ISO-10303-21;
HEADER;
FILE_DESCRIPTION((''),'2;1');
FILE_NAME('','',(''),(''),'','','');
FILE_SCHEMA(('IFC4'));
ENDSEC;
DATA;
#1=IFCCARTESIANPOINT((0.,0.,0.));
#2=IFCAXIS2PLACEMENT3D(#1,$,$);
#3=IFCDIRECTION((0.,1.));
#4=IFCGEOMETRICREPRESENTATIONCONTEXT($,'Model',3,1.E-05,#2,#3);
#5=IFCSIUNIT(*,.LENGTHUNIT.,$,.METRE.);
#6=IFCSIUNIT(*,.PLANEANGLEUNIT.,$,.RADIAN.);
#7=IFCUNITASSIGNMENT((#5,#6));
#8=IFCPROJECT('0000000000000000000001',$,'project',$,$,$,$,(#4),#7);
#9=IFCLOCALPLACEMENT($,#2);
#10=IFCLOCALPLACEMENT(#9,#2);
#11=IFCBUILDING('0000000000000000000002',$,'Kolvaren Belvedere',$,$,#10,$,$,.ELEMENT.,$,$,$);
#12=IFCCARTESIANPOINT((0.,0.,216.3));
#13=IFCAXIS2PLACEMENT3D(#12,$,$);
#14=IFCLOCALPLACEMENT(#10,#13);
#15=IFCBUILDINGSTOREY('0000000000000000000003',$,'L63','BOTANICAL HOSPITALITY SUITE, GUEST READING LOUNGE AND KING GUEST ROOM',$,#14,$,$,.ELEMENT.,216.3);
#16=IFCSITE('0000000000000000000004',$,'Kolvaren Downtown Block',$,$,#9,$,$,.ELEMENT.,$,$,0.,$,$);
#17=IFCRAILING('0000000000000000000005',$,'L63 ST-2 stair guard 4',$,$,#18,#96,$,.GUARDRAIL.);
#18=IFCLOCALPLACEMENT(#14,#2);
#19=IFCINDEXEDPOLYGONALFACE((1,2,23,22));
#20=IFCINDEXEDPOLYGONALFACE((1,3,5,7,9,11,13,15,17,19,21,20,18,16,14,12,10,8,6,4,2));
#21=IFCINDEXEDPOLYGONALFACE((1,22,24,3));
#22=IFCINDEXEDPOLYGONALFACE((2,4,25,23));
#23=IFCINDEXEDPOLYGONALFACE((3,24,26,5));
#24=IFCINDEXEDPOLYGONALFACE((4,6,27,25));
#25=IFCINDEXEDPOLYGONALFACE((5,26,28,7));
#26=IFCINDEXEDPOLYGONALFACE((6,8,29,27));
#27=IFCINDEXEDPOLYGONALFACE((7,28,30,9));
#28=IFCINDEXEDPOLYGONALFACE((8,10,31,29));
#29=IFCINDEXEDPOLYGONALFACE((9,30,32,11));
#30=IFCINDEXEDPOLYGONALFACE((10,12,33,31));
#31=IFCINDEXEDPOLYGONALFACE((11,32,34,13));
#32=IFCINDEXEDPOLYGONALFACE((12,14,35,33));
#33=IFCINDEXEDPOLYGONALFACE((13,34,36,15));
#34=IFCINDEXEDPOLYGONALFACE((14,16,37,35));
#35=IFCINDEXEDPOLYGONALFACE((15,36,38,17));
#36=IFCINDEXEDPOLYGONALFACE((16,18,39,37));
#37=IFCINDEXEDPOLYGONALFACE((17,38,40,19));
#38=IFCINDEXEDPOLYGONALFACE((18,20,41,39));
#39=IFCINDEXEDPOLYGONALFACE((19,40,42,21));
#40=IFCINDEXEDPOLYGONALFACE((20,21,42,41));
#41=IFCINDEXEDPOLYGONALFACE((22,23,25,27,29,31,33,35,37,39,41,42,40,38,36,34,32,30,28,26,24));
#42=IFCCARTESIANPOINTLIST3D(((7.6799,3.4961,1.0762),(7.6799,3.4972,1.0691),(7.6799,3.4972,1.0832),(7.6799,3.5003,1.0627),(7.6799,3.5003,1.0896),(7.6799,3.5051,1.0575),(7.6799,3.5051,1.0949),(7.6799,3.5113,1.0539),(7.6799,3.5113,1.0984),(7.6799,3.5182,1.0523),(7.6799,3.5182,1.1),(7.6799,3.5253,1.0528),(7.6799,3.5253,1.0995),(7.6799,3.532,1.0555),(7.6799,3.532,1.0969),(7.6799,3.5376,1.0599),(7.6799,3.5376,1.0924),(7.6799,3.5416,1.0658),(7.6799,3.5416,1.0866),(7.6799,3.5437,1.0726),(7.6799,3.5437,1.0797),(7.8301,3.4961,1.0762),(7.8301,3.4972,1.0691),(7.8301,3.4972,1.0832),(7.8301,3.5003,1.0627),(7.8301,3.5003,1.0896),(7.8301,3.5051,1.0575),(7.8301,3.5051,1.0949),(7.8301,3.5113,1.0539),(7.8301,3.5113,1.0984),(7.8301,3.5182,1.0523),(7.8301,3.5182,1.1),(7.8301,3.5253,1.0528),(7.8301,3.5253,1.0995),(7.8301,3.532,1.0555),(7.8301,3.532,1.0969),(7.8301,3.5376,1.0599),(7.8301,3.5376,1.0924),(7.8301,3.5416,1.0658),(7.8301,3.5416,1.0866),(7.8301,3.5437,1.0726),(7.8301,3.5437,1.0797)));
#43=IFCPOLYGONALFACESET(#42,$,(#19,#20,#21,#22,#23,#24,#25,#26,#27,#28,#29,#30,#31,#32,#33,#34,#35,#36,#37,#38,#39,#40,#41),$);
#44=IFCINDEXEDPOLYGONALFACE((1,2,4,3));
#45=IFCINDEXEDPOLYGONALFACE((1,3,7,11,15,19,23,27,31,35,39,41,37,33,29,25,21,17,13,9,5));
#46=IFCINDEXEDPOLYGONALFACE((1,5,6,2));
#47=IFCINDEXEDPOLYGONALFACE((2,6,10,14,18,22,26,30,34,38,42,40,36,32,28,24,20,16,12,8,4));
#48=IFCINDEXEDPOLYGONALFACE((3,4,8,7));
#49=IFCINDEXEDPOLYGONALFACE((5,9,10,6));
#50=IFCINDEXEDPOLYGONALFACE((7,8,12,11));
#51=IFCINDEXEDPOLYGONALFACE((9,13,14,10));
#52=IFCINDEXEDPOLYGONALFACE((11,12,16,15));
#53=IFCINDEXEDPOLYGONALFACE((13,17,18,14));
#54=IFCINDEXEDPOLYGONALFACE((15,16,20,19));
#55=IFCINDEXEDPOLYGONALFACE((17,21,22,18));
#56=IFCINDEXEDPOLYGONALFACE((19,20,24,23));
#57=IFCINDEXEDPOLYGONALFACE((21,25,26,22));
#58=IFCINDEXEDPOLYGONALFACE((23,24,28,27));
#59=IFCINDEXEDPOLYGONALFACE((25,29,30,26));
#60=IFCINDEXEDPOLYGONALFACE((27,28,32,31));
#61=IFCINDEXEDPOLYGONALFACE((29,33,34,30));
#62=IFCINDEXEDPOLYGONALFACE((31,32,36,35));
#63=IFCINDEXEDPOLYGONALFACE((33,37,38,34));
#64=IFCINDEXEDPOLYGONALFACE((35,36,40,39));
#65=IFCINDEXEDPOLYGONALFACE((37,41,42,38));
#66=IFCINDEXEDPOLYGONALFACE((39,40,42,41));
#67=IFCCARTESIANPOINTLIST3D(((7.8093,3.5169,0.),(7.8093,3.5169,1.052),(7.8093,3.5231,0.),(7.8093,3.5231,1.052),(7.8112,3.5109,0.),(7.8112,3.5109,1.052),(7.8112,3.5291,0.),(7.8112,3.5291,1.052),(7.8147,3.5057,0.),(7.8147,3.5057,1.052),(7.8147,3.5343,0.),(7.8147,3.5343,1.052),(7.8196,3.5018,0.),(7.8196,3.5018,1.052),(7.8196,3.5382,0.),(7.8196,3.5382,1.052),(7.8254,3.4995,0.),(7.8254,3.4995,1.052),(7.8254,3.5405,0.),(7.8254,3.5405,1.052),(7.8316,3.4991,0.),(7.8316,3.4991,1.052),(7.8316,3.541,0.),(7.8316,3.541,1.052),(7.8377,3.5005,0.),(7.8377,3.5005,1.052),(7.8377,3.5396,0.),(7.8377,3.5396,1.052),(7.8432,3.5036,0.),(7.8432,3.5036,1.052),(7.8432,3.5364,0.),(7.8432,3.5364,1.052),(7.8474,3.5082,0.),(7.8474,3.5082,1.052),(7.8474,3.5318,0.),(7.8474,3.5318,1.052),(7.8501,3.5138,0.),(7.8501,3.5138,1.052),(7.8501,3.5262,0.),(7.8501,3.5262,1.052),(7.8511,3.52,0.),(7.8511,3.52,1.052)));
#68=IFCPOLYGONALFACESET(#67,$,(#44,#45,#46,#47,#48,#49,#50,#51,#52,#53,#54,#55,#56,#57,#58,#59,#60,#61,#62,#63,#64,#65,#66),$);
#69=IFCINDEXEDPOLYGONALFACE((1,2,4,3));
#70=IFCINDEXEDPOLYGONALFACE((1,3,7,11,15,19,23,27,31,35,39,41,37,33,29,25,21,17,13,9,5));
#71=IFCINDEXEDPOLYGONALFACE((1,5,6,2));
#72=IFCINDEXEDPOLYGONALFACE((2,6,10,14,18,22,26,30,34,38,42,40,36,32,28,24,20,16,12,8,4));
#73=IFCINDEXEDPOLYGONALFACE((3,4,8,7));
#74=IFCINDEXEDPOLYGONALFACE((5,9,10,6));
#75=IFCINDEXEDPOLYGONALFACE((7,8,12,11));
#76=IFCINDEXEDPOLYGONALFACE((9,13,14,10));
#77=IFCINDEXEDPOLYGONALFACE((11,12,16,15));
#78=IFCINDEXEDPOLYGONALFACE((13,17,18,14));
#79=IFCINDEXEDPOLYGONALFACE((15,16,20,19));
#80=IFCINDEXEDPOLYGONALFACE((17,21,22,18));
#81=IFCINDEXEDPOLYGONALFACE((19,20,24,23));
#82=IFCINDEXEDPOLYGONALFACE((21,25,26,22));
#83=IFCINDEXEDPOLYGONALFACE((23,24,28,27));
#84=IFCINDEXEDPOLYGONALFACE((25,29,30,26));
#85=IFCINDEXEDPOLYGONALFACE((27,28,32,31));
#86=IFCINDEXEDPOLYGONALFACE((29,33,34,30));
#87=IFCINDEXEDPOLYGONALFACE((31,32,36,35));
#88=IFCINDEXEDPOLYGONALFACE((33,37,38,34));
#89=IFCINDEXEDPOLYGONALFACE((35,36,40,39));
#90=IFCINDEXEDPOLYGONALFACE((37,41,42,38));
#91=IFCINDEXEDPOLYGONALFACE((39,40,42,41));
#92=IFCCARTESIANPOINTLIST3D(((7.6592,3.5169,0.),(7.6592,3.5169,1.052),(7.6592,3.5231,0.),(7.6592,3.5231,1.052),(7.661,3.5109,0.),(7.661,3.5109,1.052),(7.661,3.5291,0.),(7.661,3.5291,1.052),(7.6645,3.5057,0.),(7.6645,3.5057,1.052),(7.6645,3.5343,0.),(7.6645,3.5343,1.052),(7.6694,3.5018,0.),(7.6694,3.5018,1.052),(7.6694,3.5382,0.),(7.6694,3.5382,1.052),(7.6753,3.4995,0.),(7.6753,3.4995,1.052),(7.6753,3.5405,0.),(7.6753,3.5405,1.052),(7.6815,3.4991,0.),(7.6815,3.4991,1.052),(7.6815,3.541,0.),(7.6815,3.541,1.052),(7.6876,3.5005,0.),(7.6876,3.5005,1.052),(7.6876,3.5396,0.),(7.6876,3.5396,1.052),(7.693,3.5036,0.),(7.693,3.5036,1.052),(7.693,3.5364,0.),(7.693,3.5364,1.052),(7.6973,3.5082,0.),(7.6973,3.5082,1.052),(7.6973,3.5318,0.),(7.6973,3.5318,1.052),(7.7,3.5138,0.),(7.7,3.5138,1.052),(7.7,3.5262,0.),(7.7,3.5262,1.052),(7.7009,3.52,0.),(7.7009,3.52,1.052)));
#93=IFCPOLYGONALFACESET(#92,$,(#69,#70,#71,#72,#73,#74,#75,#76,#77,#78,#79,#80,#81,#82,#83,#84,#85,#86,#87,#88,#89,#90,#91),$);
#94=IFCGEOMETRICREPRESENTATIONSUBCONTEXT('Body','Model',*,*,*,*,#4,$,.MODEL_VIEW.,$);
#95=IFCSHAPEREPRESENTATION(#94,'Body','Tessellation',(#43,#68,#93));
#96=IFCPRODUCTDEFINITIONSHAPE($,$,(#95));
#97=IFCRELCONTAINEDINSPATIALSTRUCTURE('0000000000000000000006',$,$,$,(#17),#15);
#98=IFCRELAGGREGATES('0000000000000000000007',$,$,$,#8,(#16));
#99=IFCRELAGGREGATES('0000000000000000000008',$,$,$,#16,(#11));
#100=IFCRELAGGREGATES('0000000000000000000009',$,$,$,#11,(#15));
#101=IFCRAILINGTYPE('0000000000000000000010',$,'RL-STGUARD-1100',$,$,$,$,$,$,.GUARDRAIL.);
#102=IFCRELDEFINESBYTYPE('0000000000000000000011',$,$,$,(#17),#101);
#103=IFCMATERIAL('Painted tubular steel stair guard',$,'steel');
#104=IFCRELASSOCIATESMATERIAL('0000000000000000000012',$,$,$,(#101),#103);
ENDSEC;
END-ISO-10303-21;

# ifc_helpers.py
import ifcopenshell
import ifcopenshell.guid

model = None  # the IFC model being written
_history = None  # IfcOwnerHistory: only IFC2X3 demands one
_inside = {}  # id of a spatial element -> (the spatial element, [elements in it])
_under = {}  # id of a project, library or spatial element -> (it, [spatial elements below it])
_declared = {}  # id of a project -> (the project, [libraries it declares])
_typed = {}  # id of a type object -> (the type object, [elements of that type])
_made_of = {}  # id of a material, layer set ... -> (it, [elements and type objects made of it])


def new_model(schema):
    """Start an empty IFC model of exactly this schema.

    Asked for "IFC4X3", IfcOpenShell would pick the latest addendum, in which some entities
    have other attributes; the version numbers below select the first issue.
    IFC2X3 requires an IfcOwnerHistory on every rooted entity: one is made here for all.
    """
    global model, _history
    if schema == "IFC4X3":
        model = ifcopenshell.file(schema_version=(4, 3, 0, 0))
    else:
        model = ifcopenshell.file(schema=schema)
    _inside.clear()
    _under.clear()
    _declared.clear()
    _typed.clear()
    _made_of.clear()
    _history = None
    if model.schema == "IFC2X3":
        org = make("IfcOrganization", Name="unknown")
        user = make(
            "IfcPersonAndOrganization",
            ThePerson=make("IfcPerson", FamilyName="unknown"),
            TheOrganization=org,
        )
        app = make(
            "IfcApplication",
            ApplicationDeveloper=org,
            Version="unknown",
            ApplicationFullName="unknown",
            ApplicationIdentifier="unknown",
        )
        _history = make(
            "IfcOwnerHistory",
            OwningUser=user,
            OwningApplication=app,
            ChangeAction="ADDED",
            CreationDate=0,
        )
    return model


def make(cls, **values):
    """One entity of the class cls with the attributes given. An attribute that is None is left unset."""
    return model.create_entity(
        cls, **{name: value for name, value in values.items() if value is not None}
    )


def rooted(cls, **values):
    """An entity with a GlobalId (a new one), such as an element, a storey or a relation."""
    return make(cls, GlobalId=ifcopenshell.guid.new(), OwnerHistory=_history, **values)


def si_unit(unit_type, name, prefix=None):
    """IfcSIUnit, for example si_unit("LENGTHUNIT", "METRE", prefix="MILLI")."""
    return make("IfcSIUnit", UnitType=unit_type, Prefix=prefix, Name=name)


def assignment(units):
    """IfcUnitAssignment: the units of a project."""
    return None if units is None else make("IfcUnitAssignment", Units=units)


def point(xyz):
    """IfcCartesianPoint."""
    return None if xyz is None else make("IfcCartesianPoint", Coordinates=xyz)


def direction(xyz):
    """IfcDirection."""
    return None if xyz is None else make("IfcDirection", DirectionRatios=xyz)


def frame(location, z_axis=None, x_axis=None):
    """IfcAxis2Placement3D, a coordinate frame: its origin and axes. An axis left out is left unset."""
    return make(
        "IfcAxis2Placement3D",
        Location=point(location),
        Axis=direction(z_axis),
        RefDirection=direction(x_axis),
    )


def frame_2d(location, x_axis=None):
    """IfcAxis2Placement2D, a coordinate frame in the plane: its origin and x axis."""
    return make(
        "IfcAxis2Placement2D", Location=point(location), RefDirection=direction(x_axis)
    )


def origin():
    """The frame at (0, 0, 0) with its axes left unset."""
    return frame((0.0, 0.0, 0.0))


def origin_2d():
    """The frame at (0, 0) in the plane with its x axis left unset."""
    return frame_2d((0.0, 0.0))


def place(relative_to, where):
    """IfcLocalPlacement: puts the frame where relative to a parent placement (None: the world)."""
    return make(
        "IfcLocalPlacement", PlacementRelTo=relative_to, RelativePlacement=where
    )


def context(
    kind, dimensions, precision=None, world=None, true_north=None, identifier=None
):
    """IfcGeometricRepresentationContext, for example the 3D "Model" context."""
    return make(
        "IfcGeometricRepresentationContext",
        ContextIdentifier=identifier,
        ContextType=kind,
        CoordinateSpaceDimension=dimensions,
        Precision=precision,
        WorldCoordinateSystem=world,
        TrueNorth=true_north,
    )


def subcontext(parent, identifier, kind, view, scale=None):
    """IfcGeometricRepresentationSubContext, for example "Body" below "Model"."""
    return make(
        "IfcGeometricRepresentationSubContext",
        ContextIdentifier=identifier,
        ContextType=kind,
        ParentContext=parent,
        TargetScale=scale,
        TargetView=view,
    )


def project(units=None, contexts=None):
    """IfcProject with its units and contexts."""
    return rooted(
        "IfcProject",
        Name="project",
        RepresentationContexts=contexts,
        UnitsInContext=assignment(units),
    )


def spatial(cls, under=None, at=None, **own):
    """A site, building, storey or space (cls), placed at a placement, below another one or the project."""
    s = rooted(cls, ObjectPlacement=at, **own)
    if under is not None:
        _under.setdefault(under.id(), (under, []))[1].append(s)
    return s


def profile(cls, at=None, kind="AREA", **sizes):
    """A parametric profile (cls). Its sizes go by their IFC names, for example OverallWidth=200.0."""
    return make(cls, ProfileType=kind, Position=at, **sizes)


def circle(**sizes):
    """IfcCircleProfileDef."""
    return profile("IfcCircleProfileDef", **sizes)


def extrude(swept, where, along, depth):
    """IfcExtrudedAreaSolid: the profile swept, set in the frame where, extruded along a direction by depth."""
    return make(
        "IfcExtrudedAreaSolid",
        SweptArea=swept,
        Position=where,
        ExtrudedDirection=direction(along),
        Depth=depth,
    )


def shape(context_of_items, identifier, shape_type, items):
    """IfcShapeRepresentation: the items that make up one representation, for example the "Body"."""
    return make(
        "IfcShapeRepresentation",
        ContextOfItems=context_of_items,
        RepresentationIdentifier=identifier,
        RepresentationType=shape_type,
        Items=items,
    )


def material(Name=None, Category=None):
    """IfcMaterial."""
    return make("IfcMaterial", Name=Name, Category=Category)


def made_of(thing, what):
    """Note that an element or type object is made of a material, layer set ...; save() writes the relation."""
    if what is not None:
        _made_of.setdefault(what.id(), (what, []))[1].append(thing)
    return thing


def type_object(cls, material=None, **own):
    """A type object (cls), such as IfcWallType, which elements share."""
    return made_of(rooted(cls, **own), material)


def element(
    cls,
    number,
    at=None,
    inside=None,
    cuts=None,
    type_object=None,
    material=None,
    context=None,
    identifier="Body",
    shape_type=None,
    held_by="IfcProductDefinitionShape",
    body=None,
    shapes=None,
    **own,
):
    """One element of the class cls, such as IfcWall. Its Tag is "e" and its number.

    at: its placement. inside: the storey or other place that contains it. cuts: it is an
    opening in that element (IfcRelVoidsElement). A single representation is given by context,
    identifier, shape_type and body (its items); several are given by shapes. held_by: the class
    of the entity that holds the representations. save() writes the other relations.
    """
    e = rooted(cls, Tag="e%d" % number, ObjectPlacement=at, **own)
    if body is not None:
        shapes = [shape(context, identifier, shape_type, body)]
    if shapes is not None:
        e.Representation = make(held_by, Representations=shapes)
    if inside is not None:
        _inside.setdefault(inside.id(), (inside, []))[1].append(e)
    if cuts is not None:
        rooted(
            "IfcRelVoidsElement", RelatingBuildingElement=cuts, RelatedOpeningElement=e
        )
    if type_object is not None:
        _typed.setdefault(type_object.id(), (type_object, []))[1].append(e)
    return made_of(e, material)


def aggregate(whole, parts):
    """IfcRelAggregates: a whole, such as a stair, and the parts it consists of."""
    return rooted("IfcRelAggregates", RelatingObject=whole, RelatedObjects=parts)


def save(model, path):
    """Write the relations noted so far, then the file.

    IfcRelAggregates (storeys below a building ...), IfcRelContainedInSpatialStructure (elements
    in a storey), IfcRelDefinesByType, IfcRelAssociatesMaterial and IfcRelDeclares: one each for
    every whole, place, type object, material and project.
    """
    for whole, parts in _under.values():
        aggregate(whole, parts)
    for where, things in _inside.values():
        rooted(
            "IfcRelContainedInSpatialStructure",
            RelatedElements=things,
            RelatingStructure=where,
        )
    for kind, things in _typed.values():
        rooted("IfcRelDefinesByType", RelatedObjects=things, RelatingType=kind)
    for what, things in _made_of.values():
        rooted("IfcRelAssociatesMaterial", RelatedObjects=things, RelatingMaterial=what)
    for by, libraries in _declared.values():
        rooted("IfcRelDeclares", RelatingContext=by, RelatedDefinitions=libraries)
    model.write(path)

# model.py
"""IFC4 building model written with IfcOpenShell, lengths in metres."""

from ifc_helpers import new_model, si_unit, direction, frame, origin, origin_2d, place, context, subcontext, project, spatial, circle, extrude, material, type_object, element, save


model = new_model("IFC4")

# Units and contexts
model_context = context("Model", 3, precision=1e-05, world=origin(), true_north=direction((0.0, 1.0)))
body_context = subcontext(model_context, "Body", "Model", "MODEL_VIEW")
ifc_project = project(units=[si_unit("LENGTHUNIT", "METRE"), si_unit("PLANEANGLEUNIT", "RADIAN")], contexts=[model_context])

# Site, building, storey
site_placement = place(None, origin())
site = spatial("IfcSite", under=ifc_project, at=site_placement, Name="Kolvaren Downtown Block", CompositionType="ELEMENT", RefElevation=0.0)
building_placement = place(site_placement, origin())
building = spatial("IfcBuilding", under=site, at=building_placement, Name="Kolvaren Belvedere", CompositionType="ELEMENT")
storey_placement = place(building_placement, frame((0.0, 0.0, 216.3)))
storey = spatial("IfcBuildingStorey", under=building, at=storey_placement, Name="L63", Description="BOTANICAL HOSPITALITY SUITE, GUEST READING LOUNGE AND KING GUEST ROOM", CompositionType="ELEMENT", Elevation=216.3)

# Railing
ifc_material_1 = material(Name="Painted tubular steel stair guard", Category="steel")
railing_type_1 = type_object("IfcRailingType", Name="RL-STGUARD-1100", PredefinedType="GUARDRAIL", material=ifc_material_1)
railing_1_placement = place(storey_placement, frame((7.8301, 3.52, 0.0)))
element("IfcRailing", 1, at=railing_1_placement, inside=storey, type_object=railing_type_1, Name="L63 ST-2 stair guard 4", PredefinedType="GUARDRAIL", context=body_context, shape_type="SweptSolid", body=[
    extrude(circle(Radius=0.0239, at=origin_2d()), frame((0.0, 0.0, 1.0762), z_axis=(-1.0, 0.0, 0.0), x_axis=(0.0, -1.0, 0.0)), (0.0, 0.0, 1.0), 0.1501),
    extrude(circle(Radius=0.021, at=origin_2d()), origin(), (0.0, 0.0, 1.0), 1.052),
    extrude(circle(Radius=0.021, at=origin_2d()), frame((-0.1501, 0.0, 0.0)), (0.0, 0.0, 1.0), 1.052),
])

save(model, "model.ifc")
